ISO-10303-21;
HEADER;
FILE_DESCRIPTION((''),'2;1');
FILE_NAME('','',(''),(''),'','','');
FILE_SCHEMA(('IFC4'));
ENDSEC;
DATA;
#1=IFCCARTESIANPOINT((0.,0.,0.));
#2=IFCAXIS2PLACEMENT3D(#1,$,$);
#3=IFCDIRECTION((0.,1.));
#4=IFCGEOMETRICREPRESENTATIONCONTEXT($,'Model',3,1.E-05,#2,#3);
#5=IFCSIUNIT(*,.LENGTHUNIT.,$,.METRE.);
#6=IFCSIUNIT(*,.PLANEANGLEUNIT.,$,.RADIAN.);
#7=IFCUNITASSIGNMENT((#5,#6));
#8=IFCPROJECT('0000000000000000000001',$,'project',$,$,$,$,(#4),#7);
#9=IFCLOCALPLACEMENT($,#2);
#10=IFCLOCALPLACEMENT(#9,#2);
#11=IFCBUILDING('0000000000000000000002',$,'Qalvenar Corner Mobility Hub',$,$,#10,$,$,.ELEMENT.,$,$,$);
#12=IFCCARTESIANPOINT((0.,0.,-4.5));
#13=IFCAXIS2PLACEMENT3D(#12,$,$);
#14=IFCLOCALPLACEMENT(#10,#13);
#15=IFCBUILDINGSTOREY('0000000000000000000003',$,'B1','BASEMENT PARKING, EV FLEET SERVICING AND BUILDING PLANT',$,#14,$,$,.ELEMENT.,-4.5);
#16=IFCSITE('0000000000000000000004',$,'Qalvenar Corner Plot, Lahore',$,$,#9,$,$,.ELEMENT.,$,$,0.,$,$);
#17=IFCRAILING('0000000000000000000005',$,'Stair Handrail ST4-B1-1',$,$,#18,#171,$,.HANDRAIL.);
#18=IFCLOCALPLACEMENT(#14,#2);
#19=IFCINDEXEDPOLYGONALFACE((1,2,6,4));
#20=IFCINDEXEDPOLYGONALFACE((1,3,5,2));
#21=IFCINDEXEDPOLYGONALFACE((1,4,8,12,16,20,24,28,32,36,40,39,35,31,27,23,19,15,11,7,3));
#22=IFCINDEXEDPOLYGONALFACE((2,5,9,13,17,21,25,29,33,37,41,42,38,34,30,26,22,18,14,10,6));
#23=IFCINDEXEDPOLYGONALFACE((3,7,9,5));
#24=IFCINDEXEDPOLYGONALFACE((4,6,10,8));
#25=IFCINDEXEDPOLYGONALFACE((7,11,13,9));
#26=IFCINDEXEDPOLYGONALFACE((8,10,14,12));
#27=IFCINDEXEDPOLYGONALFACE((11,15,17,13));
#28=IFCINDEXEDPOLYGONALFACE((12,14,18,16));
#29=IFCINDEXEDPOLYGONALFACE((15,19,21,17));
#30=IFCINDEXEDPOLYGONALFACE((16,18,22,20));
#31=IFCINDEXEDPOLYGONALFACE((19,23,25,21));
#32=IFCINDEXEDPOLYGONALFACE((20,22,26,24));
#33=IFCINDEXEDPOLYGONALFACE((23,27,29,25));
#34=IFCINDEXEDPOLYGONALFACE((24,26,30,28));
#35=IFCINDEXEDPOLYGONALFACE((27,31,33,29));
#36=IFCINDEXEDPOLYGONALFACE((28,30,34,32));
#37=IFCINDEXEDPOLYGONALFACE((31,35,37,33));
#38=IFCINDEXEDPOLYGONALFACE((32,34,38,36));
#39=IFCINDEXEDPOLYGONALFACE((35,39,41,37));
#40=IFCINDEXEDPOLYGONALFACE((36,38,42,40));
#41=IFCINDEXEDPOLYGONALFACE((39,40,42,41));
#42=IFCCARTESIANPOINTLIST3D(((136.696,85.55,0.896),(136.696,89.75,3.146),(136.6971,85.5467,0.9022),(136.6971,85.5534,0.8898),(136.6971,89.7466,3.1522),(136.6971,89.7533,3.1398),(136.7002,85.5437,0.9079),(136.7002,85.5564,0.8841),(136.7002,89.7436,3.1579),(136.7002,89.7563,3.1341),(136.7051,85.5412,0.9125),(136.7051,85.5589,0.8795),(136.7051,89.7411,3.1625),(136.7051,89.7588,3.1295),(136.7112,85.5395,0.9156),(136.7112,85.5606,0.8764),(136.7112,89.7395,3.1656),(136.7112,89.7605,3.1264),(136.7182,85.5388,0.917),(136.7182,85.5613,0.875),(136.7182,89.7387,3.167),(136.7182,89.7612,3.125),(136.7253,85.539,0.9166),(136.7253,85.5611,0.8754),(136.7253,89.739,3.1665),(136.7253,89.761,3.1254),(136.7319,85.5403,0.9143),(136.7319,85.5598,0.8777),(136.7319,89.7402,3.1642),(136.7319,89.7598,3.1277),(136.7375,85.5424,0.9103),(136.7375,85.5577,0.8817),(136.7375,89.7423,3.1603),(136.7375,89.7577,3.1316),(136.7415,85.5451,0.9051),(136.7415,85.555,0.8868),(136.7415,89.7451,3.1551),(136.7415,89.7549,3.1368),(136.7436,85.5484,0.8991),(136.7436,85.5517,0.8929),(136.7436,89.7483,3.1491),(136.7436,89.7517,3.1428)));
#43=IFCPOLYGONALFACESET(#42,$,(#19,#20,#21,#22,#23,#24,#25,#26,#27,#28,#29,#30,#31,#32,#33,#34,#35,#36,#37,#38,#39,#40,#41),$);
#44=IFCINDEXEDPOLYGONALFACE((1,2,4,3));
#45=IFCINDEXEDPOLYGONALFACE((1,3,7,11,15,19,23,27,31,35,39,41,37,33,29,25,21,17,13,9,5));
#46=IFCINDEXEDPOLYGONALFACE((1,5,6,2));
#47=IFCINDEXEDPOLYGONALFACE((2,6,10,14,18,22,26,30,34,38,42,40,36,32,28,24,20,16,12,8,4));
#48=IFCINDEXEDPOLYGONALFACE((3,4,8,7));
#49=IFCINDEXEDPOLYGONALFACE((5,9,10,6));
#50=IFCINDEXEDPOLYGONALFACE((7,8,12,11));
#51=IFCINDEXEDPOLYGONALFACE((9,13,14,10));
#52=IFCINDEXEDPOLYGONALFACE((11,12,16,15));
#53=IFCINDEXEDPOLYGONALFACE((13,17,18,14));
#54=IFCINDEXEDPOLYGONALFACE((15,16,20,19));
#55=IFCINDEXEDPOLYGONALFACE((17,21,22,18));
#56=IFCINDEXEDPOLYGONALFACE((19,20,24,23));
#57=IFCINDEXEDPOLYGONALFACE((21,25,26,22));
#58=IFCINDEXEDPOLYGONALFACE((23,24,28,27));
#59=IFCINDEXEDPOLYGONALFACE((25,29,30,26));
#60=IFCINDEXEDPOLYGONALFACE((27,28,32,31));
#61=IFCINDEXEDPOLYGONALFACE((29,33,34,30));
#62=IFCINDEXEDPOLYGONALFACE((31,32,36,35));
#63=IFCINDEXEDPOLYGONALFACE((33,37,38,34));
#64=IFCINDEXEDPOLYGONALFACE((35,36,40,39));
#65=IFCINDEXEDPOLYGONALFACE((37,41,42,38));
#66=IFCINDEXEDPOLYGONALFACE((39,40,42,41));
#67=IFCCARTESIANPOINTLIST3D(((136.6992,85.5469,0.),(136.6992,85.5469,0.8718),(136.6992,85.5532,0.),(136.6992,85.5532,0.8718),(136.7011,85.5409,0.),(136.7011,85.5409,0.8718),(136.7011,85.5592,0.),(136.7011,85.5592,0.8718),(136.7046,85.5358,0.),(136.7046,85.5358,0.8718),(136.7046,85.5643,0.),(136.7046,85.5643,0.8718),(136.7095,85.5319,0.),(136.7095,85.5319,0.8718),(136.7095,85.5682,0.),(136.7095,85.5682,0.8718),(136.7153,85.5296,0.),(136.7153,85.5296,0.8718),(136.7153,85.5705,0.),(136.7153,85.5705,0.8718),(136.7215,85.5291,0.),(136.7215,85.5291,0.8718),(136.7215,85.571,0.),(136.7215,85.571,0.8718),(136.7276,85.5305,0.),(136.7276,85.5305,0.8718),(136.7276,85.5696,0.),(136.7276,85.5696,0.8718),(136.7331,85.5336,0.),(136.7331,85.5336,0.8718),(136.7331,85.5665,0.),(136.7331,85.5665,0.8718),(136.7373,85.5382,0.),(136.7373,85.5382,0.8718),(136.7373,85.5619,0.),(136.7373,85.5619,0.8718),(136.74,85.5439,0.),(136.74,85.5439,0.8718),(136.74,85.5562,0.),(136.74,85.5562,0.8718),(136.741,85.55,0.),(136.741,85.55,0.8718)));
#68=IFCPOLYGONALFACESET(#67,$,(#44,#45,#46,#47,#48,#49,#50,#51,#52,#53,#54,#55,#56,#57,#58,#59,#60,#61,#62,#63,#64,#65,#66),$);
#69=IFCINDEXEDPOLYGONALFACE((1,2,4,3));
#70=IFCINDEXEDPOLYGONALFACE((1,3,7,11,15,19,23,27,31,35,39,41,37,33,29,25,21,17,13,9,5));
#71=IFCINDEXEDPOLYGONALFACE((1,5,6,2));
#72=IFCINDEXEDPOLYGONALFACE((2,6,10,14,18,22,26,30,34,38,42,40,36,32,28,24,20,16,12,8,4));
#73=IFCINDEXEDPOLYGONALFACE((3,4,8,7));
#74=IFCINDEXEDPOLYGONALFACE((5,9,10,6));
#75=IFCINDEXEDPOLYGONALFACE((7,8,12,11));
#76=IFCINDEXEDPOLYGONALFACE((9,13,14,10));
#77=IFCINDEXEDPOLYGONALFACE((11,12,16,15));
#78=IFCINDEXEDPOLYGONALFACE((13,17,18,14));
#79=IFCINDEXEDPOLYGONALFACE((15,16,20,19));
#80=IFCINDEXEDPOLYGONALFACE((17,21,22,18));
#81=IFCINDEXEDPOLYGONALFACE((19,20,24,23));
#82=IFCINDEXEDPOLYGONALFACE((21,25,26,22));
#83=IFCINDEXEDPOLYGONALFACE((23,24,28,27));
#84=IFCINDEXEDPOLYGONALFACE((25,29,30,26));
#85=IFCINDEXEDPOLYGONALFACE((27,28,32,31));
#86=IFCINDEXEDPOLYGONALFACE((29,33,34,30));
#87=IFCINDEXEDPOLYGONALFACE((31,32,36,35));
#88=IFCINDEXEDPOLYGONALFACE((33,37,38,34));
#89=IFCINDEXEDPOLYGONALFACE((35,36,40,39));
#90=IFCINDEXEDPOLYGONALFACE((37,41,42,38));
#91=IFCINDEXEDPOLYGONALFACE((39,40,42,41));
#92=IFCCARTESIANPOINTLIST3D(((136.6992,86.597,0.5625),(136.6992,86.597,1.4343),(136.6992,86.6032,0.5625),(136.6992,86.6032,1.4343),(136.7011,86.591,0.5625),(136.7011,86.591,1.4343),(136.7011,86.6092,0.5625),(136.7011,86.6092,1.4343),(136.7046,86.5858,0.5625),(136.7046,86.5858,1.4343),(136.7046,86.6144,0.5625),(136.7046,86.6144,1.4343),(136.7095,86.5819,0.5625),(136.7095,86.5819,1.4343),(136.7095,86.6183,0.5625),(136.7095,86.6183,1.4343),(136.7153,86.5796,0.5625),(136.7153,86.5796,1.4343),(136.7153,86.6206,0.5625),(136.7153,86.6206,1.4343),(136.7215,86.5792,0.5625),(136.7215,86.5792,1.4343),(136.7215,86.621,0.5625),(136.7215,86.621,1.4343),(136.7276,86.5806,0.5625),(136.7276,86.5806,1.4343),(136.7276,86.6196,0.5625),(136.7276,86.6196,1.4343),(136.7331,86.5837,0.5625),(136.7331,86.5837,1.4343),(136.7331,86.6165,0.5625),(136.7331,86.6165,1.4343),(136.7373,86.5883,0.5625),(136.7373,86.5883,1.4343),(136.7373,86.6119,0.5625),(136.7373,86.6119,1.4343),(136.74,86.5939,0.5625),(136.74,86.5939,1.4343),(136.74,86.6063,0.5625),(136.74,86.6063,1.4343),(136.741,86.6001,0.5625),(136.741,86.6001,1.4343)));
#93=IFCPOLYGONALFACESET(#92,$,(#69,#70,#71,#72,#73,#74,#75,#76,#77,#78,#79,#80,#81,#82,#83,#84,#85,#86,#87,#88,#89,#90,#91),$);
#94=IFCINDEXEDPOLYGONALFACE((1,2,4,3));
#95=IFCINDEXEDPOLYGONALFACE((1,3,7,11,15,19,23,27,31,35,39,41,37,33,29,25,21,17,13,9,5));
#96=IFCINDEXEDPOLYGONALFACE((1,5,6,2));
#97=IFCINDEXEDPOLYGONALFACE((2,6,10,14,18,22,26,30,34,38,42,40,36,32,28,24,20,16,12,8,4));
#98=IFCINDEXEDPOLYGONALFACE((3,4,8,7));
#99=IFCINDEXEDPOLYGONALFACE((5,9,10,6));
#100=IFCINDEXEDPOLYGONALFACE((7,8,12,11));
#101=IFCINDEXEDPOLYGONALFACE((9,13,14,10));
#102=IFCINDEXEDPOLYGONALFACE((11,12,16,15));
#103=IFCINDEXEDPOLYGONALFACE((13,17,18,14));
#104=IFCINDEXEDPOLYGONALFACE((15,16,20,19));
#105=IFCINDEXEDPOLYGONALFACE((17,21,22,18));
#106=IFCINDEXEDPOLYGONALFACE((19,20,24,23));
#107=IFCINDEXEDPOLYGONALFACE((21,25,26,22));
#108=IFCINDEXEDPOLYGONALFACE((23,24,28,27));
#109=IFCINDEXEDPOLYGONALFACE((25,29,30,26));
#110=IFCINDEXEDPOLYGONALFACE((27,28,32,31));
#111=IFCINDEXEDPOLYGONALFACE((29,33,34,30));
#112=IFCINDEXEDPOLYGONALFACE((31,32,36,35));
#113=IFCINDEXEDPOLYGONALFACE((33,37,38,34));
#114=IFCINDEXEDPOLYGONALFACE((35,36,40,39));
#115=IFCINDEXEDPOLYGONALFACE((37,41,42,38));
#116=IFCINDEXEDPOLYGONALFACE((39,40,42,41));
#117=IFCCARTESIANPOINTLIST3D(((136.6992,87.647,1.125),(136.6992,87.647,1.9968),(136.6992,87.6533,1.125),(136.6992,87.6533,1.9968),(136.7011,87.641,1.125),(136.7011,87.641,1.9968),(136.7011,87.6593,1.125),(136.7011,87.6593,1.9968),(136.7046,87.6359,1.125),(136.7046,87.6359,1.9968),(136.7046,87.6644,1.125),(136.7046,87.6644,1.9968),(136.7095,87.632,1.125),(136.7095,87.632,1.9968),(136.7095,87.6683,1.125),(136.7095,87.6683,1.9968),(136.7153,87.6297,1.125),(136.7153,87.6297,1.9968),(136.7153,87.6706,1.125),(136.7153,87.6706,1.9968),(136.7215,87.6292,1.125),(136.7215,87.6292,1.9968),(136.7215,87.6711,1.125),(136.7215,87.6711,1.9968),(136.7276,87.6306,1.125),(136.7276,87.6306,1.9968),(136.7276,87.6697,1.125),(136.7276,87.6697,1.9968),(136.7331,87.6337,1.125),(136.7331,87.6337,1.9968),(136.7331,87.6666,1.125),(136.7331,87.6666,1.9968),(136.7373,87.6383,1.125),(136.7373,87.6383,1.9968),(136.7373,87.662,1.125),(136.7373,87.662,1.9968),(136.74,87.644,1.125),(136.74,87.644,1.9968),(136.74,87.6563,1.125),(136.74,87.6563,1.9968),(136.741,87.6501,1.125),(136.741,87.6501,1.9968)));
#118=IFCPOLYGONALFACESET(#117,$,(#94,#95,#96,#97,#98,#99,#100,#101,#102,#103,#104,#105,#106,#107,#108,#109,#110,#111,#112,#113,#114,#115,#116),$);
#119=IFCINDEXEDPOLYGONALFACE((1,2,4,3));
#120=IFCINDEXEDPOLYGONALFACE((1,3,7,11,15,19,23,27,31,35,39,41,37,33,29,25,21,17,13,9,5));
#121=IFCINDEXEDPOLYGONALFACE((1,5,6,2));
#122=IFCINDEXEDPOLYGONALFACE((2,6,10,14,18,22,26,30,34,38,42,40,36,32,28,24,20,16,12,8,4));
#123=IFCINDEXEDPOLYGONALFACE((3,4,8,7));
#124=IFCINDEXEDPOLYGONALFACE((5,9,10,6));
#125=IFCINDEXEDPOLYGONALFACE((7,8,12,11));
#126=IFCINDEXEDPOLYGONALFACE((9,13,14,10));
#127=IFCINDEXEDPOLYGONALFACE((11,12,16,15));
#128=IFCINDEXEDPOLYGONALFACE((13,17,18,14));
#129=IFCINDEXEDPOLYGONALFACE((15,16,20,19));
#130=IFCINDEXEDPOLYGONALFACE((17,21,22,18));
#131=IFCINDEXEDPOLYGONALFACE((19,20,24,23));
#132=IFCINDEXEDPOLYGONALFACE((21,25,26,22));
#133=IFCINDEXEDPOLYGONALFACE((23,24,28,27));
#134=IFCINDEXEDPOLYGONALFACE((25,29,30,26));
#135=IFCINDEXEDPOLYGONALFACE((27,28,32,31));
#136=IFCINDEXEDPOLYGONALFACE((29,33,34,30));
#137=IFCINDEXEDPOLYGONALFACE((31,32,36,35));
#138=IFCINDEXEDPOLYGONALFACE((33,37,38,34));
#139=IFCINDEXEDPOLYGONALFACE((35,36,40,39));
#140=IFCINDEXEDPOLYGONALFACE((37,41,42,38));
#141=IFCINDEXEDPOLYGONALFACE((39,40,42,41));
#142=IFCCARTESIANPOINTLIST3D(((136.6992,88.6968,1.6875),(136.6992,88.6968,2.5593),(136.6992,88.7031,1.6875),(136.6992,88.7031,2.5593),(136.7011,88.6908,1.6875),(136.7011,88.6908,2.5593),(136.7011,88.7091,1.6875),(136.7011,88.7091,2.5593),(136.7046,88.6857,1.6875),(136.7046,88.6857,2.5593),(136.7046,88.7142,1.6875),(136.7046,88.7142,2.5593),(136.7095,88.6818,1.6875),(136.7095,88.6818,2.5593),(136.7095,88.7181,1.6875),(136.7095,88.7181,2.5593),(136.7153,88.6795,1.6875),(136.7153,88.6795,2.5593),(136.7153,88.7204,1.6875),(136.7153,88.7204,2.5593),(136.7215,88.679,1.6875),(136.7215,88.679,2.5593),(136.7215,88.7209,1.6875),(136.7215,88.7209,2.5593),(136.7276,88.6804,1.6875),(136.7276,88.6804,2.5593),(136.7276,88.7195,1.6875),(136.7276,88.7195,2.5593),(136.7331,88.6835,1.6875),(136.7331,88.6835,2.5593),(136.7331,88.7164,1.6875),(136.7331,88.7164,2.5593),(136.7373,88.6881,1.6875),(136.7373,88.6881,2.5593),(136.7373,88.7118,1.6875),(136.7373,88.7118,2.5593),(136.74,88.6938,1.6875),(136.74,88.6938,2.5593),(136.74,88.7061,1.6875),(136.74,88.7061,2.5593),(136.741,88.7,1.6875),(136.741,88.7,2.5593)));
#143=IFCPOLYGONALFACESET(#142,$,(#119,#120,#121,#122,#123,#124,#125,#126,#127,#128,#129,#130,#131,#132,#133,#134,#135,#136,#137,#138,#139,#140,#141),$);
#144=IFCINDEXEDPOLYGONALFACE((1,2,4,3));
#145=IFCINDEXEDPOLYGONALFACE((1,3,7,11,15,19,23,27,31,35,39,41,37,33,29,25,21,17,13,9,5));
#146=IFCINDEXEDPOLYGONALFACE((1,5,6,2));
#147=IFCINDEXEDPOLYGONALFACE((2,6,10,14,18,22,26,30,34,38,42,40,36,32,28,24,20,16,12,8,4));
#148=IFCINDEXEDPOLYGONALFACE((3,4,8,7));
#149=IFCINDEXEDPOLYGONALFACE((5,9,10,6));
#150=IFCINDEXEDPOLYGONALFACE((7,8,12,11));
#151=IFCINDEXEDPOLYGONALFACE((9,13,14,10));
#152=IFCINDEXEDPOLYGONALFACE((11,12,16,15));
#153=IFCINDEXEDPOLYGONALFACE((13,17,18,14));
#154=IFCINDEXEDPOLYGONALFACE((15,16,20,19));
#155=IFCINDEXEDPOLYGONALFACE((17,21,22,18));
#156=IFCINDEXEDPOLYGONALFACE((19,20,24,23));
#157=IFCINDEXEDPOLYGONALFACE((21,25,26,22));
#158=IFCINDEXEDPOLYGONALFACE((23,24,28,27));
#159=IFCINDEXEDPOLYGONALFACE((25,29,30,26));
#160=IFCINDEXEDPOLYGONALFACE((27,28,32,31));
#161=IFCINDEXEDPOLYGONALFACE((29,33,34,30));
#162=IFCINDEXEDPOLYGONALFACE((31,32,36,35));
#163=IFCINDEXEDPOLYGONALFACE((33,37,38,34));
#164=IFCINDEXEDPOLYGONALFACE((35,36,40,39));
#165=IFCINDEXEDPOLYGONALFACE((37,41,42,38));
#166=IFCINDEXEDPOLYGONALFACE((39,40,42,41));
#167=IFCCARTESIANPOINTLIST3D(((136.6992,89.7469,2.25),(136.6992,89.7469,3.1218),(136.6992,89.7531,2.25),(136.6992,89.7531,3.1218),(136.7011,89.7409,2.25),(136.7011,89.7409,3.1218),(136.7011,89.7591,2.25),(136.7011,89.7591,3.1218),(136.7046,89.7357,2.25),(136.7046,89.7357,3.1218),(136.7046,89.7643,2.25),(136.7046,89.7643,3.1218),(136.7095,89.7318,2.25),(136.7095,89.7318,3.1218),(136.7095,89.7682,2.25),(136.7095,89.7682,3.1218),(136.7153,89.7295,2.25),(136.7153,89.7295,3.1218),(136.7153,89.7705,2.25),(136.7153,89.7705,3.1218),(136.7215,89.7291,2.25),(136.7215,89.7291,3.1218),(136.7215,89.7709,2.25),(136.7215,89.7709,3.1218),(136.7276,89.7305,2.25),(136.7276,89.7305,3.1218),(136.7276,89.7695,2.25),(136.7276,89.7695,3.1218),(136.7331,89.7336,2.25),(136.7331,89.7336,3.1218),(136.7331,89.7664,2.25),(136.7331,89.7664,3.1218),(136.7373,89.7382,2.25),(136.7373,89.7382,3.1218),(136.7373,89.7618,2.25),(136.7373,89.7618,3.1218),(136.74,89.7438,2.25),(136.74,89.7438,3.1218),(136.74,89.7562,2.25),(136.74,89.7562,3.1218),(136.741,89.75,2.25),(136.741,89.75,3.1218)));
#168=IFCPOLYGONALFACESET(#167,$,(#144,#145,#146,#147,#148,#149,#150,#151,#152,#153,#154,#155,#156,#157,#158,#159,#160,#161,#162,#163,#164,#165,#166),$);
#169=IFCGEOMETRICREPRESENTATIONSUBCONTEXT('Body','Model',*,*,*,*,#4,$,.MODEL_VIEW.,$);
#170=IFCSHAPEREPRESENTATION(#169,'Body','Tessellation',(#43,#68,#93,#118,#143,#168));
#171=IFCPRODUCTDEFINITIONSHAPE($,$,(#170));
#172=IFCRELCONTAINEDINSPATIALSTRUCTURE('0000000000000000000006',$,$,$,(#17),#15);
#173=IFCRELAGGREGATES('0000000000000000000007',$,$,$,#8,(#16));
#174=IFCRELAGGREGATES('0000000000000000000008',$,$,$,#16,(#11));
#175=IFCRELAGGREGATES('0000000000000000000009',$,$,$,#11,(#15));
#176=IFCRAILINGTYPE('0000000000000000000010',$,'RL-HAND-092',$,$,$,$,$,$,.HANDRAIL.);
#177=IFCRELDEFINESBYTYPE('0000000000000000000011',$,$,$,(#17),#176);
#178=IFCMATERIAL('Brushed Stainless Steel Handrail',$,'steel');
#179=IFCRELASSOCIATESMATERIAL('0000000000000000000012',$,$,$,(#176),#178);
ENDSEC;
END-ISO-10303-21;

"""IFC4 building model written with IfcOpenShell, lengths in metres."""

from ifc_helpers import new_model, si_unit, direction, frame, origin, origin_2d, place, context, subcontext, project, spatial, circle, extrude, material, type_object, element, save


model = new_model("IFC4")

# Units and contexts
model_context = context("Model", 3, precision=1e-05, world=origin(), true_north=direction((0.0, 1.0)))
body_context = subcontext(model_context, "Body", "Model", "MODEL_VIEW")
ifc_project = project(units=[si_unit("LENGTHUNIT", "METRE"), si_unit("PLANEANGLEUNIT", "RADIAN")], contexts=[model_context])

# Site, building, storey
site_placement = place(None, origin())
site = spatial("IfcSite", under=ifc_project, at=site_placement, Name="Qalvenar Corner Plot, Lahore", CompositionType="ELEMENT", RefElevation=0.0)
building_placement = place(site_placement, origin())
building = spatial("IfcBuilding", under=site, at=building_placement, Name="Qalvenar Corner Mobility Hub", CompositionType="ELEMENT")
storey_placement = place(building_placement, frame((0.0, 0.0, -4.5)))
storey = spatial("IfcBuildingStorey", under=building, at=storey_placement, Name="B1", Description="BASEMENT PARKING, EV FLEET SERVICING AND BUILDING PLANT", CompositionType="ELEMENT", Elevation=-4.5)

# Railing
ifc_material_1 = material(Name="Brushed Stainless Steel Handrail", Category="steel")
railing_type_1 = type_object("IfcRailingType", Name="RL-HAND-092", PredefinedType="HANDRAIL", material=ifc_material_1)
railing_1_placement = place(storey_placement, frame((136.72, 85.55, 0.0)))
element("IfcRailing", 1, at=railing_1_placement, inside=storey, type_object=railing_type_1, Name="Stair Handrail ST4-B1-1", PredefinedType="HANDRAIL", context=body_context, shape_type="SweptSolid", body=[
    extrude(circle(Radius=0.0239, at=origin_2d()), frame((0.0, 0.0, 0.896), z_axis=(0.0, 0.881478, 0.472226), x_axis=(-1.0, 0.0, 0.0)), (0.0, 0.0, 1.0), 4.7646),
    extrude(circle(Radius=0.021, at=origin_2d()), origin(), (0.0, 0.0, 1.0), 0.8718),
    extrude(circle(Radius=0.021, at=origin_2d()), frame((0.0, 1.05, 0.5625)), (0.0, 0.0, 1.0), 0.8718),
    extrude(circle(Radius=0.021, at=origin_2d()), frame((0.0, 2.1001, 1.125)), (0.0, 0.0, 1.0), 0.8718),
    extrude(circle(Radius=0.021, at=origin_2d()), frame((0.0, 3.1499, 1.6875)), (0.0, 0.0, 1.0), 0.8718),
    extrude(circle(Radius=0.021, at=origin_2d()), frame((0.0, 4.2, 2.25)), (0.0, 0.0, 1.0), 0.8718),
])

save(model, "model.ifc")
